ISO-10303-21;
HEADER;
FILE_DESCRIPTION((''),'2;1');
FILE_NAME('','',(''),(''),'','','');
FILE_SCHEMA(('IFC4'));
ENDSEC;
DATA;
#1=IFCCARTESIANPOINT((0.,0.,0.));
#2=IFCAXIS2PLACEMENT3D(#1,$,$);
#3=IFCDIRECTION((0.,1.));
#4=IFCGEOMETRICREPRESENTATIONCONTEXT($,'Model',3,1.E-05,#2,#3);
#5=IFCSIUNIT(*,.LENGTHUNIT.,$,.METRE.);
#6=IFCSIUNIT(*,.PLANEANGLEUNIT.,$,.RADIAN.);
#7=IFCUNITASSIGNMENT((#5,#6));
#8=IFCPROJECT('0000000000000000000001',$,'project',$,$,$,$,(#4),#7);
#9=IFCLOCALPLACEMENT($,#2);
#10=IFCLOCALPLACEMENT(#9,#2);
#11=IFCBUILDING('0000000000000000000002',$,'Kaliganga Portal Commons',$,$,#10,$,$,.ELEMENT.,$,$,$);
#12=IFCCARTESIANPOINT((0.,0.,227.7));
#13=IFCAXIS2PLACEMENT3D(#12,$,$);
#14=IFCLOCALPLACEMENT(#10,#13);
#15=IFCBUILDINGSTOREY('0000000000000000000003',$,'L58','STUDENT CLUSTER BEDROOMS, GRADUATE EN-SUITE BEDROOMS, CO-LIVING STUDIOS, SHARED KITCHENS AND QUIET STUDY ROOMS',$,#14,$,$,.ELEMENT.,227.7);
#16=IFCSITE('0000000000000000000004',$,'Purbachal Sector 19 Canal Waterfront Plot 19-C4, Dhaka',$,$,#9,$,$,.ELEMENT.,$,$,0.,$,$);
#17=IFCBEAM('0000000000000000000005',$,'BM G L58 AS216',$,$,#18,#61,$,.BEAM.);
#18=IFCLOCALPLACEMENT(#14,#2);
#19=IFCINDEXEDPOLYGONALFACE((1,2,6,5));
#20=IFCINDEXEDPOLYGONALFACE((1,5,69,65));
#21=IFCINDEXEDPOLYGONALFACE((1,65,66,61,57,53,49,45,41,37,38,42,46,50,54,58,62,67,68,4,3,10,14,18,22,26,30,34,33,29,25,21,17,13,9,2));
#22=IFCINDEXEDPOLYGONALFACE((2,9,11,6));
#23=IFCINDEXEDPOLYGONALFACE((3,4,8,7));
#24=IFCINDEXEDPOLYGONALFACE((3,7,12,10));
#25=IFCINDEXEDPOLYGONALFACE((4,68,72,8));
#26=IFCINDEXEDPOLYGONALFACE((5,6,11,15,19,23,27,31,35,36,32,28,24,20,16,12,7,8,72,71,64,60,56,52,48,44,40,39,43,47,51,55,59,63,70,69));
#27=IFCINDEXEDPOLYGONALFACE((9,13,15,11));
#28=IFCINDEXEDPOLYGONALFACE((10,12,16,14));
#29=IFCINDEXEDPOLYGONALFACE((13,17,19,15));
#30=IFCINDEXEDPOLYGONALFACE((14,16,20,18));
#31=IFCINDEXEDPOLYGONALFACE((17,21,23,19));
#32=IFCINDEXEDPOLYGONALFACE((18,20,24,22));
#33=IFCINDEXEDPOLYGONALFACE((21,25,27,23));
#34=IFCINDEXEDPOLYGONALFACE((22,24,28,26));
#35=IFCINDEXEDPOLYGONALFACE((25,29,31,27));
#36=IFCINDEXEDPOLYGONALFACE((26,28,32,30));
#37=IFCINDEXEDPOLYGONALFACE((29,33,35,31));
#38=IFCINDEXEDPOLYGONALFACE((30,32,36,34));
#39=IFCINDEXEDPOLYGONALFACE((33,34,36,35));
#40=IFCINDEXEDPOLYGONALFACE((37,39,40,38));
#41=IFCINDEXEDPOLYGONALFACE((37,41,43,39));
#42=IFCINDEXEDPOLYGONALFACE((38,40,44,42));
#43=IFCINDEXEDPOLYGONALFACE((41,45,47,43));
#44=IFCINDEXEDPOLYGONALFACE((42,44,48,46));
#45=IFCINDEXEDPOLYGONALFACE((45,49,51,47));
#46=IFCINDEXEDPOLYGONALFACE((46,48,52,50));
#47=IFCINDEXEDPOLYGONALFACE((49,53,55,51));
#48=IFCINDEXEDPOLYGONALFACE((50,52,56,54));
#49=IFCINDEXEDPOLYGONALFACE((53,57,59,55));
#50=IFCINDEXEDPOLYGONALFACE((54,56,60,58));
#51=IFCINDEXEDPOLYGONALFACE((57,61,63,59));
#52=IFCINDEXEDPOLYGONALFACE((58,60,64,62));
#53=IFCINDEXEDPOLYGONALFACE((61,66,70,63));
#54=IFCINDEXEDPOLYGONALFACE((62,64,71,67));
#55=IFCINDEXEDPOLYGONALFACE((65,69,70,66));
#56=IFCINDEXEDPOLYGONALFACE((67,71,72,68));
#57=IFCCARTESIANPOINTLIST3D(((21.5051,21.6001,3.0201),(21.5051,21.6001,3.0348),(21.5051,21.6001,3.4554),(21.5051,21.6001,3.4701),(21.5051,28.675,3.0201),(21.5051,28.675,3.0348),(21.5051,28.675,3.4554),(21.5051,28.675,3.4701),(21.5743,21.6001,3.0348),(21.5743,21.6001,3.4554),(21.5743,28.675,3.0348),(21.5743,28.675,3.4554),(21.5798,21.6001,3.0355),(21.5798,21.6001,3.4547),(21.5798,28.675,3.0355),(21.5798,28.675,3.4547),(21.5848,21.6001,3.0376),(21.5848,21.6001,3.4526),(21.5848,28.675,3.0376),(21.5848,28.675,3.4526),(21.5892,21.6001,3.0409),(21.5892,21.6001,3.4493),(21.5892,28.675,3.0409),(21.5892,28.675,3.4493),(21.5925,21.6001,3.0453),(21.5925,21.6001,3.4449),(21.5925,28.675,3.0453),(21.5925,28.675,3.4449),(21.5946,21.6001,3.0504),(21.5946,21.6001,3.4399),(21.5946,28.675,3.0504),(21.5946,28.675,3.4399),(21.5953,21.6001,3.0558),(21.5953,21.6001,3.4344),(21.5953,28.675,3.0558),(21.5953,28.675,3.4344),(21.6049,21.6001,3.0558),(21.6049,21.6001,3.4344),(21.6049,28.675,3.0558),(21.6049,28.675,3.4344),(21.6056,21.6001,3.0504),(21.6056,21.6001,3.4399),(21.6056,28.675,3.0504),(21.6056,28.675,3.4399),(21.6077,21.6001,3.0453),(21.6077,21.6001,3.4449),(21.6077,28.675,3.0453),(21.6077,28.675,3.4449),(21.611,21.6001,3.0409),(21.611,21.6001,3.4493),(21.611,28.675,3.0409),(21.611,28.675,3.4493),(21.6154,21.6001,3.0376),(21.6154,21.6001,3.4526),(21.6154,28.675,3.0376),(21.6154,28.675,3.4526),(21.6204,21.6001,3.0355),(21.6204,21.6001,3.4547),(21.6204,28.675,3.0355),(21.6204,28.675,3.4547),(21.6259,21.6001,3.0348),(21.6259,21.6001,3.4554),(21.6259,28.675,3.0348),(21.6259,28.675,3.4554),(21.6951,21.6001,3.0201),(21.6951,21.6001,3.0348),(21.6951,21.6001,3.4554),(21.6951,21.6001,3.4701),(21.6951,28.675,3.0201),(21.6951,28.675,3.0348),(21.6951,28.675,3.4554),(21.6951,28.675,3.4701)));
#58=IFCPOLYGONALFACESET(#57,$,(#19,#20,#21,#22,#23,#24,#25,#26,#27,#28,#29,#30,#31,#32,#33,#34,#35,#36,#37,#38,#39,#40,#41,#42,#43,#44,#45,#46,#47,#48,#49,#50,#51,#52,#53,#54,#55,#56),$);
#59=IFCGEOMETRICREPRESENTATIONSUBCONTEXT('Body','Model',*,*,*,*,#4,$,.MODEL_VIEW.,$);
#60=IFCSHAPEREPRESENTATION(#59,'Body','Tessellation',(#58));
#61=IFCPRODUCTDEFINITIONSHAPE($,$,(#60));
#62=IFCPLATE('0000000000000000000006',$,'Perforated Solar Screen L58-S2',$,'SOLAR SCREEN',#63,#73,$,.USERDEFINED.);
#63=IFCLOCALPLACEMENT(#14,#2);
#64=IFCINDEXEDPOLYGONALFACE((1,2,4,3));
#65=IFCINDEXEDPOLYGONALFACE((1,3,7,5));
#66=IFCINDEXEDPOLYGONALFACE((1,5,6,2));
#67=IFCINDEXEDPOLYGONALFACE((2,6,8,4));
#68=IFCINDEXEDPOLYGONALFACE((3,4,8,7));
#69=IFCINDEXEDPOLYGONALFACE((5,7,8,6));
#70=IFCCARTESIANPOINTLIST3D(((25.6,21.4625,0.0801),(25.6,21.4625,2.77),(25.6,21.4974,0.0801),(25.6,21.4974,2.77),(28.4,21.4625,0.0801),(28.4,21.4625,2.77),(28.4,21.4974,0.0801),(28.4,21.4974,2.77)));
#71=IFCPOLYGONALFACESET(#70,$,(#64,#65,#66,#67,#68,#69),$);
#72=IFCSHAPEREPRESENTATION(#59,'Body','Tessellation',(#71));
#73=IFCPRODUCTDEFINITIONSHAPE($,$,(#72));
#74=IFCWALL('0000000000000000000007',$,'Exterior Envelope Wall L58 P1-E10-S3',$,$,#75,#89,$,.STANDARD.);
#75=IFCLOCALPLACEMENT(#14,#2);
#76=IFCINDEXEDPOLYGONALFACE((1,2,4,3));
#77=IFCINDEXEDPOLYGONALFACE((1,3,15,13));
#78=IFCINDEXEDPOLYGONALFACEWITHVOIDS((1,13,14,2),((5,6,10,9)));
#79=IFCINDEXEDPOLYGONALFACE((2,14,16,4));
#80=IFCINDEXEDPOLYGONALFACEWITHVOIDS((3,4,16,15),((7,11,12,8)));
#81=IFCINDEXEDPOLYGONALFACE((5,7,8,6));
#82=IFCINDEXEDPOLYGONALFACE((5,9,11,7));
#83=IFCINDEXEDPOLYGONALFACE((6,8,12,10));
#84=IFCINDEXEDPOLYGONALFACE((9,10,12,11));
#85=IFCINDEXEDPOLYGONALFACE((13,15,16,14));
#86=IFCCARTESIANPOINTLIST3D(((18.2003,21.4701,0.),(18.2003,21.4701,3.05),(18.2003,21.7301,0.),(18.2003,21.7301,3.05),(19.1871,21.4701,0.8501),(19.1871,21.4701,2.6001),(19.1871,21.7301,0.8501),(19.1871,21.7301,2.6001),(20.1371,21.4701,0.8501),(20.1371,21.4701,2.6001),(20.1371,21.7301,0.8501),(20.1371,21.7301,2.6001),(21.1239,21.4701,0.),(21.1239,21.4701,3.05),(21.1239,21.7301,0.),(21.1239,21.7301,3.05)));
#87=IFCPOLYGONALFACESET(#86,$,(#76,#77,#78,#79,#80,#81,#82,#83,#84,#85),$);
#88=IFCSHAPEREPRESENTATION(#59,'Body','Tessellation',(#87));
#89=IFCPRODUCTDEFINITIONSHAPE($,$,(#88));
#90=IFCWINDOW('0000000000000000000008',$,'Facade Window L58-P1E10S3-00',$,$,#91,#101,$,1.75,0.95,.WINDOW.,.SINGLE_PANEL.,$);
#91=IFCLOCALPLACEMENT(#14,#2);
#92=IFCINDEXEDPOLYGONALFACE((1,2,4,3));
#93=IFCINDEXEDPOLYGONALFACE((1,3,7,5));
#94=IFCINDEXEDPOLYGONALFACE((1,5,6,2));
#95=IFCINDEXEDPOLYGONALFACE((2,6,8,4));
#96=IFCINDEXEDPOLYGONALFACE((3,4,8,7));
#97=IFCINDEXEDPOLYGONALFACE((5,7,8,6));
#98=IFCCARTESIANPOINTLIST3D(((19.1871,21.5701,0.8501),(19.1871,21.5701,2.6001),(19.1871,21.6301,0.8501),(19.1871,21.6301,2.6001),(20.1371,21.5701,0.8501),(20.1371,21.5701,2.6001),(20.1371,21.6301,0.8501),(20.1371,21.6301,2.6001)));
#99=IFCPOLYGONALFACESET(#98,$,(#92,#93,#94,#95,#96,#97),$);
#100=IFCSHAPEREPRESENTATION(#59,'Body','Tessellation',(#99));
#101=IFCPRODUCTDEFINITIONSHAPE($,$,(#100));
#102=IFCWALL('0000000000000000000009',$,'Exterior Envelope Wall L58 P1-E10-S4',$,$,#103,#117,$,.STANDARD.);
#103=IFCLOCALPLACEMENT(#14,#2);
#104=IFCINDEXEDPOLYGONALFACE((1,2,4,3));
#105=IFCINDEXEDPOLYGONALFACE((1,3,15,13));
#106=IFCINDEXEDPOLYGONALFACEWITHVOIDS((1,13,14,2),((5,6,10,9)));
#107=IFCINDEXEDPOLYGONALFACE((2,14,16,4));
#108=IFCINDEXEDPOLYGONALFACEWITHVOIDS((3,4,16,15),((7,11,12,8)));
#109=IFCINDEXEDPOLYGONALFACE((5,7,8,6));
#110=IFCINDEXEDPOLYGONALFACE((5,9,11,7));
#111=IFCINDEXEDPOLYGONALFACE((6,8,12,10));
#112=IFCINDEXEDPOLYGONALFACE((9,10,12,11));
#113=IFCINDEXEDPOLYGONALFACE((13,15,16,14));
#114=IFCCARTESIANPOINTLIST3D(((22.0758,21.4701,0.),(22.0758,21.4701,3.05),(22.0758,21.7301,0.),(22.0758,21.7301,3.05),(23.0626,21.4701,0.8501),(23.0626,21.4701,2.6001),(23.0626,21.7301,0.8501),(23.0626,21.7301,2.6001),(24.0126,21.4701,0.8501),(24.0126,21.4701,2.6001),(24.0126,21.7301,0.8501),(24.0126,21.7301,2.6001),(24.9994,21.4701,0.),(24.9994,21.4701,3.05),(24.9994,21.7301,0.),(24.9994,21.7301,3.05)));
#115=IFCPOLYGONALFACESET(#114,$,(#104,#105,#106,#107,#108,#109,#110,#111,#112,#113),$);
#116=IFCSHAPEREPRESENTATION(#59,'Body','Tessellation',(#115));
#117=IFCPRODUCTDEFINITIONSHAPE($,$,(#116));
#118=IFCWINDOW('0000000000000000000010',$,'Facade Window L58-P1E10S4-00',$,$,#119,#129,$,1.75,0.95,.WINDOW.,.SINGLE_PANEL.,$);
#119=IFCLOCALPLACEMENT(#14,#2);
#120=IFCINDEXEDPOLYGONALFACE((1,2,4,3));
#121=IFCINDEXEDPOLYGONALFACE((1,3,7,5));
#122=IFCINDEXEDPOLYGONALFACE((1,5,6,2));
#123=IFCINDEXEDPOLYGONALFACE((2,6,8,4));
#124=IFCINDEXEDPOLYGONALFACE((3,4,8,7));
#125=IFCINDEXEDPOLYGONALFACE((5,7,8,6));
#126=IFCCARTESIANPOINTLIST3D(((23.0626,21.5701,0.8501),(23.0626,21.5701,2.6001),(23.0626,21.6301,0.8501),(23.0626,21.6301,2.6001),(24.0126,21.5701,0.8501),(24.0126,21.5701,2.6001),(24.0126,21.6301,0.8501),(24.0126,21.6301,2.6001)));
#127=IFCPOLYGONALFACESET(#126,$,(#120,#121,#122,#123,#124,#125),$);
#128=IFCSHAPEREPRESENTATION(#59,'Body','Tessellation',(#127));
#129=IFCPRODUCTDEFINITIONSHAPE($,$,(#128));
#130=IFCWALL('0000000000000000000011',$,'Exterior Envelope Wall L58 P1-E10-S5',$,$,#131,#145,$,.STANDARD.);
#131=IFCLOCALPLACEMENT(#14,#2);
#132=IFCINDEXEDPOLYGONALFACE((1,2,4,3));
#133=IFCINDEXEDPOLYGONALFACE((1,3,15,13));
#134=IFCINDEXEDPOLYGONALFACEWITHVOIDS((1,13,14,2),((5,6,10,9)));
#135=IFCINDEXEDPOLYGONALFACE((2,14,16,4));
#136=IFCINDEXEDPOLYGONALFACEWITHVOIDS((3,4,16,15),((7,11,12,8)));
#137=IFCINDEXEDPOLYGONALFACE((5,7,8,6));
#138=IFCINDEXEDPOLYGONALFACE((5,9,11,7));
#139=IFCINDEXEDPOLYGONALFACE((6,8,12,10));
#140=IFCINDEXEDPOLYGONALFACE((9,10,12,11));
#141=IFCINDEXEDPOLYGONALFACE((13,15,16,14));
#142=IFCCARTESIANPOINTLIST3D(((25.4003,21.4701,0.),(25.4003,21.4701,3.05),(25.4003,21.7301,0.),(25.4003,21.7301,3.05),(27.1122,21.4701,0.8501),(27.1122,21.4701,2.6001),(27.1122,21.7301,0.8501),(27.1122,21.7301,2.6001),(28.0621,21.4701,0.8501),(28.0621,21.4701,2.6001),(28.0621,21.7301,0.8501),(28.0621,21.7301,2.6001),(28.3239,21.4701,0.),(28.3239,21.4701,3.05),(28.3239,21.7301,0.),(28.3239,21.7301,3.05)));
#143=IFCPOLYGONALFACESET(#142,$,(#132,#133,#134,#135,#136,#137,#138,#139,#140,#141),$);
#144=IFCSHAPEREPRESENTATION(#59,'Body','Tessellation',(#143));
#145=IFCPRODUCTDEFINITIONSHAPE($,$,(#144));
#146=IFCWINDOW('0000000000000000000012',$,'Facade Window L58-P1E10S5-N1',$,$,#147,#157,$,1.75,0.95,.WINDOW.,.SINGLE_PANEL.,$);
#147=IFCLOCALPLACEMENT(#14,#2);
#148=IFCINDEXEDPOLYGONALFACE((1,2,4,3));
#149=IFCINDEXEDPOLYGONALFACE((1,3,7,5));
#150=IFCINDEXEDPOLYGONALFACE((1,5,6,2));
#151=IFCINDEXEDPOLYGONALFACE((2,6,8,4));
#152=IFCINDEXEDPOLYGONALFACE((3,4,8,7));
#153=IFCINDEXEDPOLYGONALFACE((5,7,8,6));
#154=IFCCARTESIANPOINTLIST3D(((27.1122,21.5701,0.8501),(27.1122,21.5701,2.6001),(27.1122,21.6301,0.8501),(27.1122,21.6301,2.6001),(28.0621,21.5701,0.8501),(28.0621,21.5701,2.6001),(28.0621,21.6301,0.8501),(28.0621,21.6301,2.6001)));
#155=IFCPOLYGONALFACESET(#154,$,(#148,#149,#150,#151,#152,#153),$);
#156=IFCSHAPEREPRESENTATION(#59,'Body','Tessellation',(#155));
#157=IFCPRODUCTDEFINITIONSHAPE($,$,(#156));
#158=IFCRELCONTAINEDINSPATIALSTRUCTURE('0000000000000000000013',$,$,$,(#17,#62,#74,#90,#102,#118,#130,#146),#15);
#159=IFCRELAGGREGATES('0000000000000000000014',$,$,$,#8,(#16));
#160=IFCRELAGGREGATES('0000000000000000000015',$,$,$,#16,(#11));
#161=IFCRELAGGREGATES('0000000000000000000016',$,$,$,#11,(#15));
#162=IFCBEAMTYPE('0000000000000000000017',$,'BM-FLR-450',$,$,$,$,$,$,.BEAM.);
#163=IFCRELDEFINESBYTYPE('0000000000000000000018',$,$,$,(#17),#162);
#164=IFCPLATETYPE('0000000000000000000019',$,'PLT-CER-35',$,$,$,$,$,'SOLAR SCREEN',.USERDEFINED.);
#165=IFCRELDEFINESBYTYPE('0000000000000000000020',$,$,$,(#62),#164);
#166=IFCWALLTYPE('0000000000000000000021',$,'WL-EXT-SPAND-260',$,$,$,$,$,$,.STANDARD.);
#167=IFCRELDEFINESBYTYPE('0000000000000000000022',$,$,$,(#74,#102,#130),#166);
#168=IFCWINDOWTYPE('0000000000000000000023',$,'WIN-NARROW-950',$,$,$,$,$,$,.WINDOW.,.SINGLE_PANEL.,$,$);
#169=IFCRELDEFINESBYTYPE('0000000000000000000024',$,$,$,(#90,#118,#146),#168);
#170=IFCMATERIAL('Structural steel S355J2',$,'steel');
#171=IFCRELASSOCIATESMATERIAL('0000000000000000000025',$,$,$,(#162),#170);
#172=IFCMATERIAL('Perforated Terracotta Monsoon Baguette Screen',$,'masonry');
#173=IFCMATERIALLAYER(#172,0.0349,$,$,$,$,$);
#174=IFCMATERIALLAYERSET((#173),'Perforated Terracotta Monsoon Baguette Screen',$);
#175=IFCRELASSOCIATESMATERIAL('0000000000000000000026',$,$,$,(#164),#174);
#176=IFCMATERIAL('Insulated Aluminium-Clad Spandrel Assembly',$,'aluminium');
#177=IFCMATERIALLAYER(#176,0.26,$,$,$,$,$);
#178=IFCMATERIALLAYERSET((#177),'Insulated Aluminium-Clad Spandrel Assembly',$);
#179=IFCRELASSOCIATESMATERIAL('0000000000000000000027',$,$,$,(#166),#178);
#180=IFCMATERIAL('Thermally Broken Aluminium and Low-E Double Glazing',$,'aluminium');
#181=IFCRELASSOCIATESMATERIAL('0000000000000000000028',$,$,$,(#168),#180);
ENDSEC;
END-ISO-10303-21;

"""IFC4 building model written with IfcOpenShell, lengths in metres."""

from ifc_helpers import new_model, si_unit, direction, frame, frame_2d, origin, origin_2d, place, context, subcontext, project, spatial, rectangle, i_section, extrude, source, transform, mapped, material, layer, layer_set, material_profile, profile_set, type_object, element, fill, save


model = new_model("IFC4")

# Units and contexts
model_context = context("Model", 3, precision=1e-05, world=origin(), true_north=direction((0.0, 1.0)))
body_context = subcontext(model_context, "Body", "Model", "MODEL_VIEW")
ifc_project = project(units=[si_unit("LENGTHUNIT", "METRE"), si_unit("PLANEANGLEUNIT", "RADIAN")], contexts=[model_context])

# Site, building, storey
site_placement = place(None, origin())
site = spatial("IfcSite", under=ifc_project, at=site_placement, Name="Purbachal Sector 19 Canal Waterfront Plot 19-C4, Dhaka", CompositionType="ELEMENT", RefElevation=0.0)
building_placement = place(site_placement, origin())
building = spatial("IfcBuilding", under=site, at=building_placement, Name="Kaliganga Portal Commons", CompositionType="ELEMENT")
storey_placement = place(building_placement, frame((0.0, 0.0, 227.7)))
storey = spatial("IfcBuildingStorey", under=building, at=storey_placement, Name="L58", Description="STUDENT CLUSTER BEDROOMS, GRADUATE EN-SUITE BEDROOMS, CO-LIVING STUDIOS, SHARED KITCHENS AND QUIET STUDY ROOMS", CompositionType="ELEMENT", Elevation=227.7)

# Shared definitions
ifc_material_1 = material(Name="Structural steel S355J2", Category="steel")

# Beam
ifc_material_profile_1 = material_profile(ifc_material_1, i_section(OverallWidth=0.1899, OverallDepth=0.45, WebThickness=0.0095, FlangeThickness=0.0146, FilletRadius=0.021, at=origin_2d()), Name="IPE 450")
ifc_profile_set_1 = profile_set([ifc_material_profile_1], Name="Structural steel S355J2 wide-flange")
beam_type_1 = type_object("IfcBeamType", Name="BM-FLR-450", PredefinedType="BEAM", material=ifc_profile_set_1)
shared_shape_1 = source(origin(), body_context, "Body", "SweptSolid", [
    extrude(i_section(OverallWidth=0.1899, OverallDepth=0.45, WebThickness=0.0095, FlangeThickness=0.0146, FilletRadius=0.021, at=origin_2d()), origin(), (0.0, 0.0, 1.0), 7.075),
])
beam_1_placement = place(storey_placement, frame((21.6001, 21.6001, 3.2451), z_axis=(0.0, 1.0, 0.0), x_axis=(-1.0, 0.0, 0.0)))
element("IfcBeam", 1, at=beam_1_placement, inside=storey, type_object=beam_type_1, Name="BM G L58 AS216", PredefinedType="BEAM", context=body_context, shape_type="MappedRepresentation", body=[
    mapped(shared_shape_1, transform((0.0, 0.0, 0.0), x_axis=(1.0, 0.0, 0.0), y_axis=(0.0, 1.0, 0.0), z_axis=(0.0, 0.0, 1.0), scale=1.0)),
])

# Plate
ifc_material_2 = material(Name="Perforated Terracotta Monsoon Baguette Screen", Category="masonry")
ifc_layer_1 = layer(ifc_material_2, 0.0349)
ifc_layer_set_1 = layer_set([ifc_layer_1], Name="Perforated Terracotta Monsoon Baguette Screen")
plate_type = type_object("IfcPlateType", Name="PLT-CER-35", ElementType="SOLAR SCREEN", PredefinedType="USERDEFINED", material=ifc_layer_set_1)
shared_shape_2 = source(origin(), body_context, "Body", "SweptSolid", [
    extrude(rectangle(XDim=2.8, YDim=0.0349, at=origin_2d()), origin(), (0.0, 0.0, 1.0), 2.6899),
])
plate_placement = place(storey_placement, frame((27.0, 21.48, 0.0801), z_axis=(0.0, 0.0, 1.0), x_axis=(1.0, 0.0, 0.0)))
element("IfcPlate", 2, at=plate_placement, inside=storey, type_object=plate_type, Name="Perforated Solar Screen L58-S2", ObjectType="SOLAR SCREEN", PredefinedType="USERDEFINED", context=body_context, shape_type="MappedRepresentation", body=[
    mapped(shared_shape_2, transform((0.0, 0.0, 0.0), x_axis=(1.0, 0.0, 0.0), y_axis=(0.0, 1.0, 0.0), z_axis=(0.0, 0.0, 1.0), scale=1.0)),
])

# Walls, openings, windows
ifc_material_3 = material(Name="Insulated Aluminium-Clad Spandrel Assembly", Category="aluminium")
ifc_layer_2 = layer(ifc_material_3, 0.26)
ifc_layer_set_2 = layer_set([ifc_layer_2], Name="Insulated Aluminium-Clad Spandrel Assembly")
wall_type_1 = type_object("IfcWallType", Name="WL-EXT-SPAND-260", PredefinedType="STANDARD", material=ifc_layer_set_2)
wall_1_placement = place(storey_placement, frame((21.124, 21.6001, 0.0), z_axis=(0.0, 0.0, 1.0), x_axis=(-1.0, 0.0, 0.0)))
wall_1 = element("IfcWall", 3, at=wall_1_placement, inside=storey, type_object=wall_type_1, Name="Exterior Envelope Wall L58 P1-E10-S3", PredefinedType="STANDARD", context=body_context, shape_type="SweptSolid", body=[
    extrude(rectangle(XDim=2.9236, YDim=0.26, at=frame_2d((1.4619, 0.0))), origin(), (0.0, 0.0, 1.0), 3.05),
])
opening_1_placement = place(wall_1_placement, frame((0.9868, 0.0, 0.8501)))
opening_1 = element("IfcOpeningElement", 4, at=opening_1_placement, cuts=wall_1, PredefinedType="OPENING", context=body_context, shape_type="SweptSolid", body=[
    extrude(rectangle(XDim=0.95, YDim=1.75, at=frame_2d((0.4751, 0.875))), frame((0.0, 0.1401, 0.0), z_axis=(0.0, -1.0, 0.0), x_axis=(1.0, 0.0, 0.0)), (0.0, 0.0, 1.0), 0.28),
])
ifc_material_4 = material(Name="Thermally Broken Aluminium and Low-E Double Glazing", Category="aluminium")
window_type_1 = type_object("IfcWindowType", Name="WIN-NARROW-950", PartitioningType="SINGLE_PANEL", PredefinedType="WINDOW", material=ifc_material_4)
window_1_placement = place(opening_1_placement, origin())
window_1 = element("IfcWindow", 5, at=window_1_placement, inside=storey, type_object=window_type_1, Name="Facade Window L58-P1E10S3-00", OverallHeight=1.75, OverallWidth=0.95, PartitioningType="SINGLE_PANEL", PredefinedType="WINDOW", context=body_context, shape_type="SweptSolid", body=[
    extrude(rectangle(XDim=0.95, YDim=1.75, at=frame_2d((0.4751, 0.875))), frame((0.0, 0.03, 0.0), z_axis=(0.0, -1.0, 0.0), x_axis=(1.0, 0.0, 0.0)), (0.0, 0.0, 1.0), 0.0601),
])
fill(opening_1, window_1)
wall_2_placement = place(storey_placement, frame((24.9995, 21.6001, 0.0), z_axis=(0.0, 0.0, 1.0), x_axis=(-1.0, 0.0, 0.0)))
wall_2 = element("IfcWall", 6, at=wall_2_placement, inside=storey, type_object=wall_type_1, Name="Exterior Envelope Wall L58 P1-E10-S4", PredefinedType="STANDARD", context=body_context, shape_type="SweptSolid", body=[
    extrude(rectangle(XDim=2.9236, YDim=0.26, at=frame_2d((1.4619, 0.0))), origin(), (0.0, 0.0, 1.0), 3.05),
])
opening_2_placement = place(wall_2_placement, frame((0.9868, 0.0, 0.8501)))
opening_2 = element("IfcOpeningElement", 7, at=opening_2_placement, cuts=wall_2, PredefinedType="OPENING", context=body_context, shape_type="SweptSolid", body=[
    extrude(rectangle(XDim=0.95, YDim=1.75, at=frame_2d((0.4751, 0.875))), frame((0.0, 0.1401, 0.0), z_axis=(0.0, -1.0, 0.0), x_axis=(1.0, 0.0, 0.0)), (0.0, 0.0, 1.0), 0.28),
])
window_2_placement = place(opening_2_placement, origin())
window_2 = element("IfcWindow", 8, at=window_2_placement, inside=storey, type_object=window_type_1, Name="Facade Window L58-P1E10S4-00", OverallHeight=1.75, OverallWidth=0.95, PartitioningType="SINGLE_PANEL", PredefinedType="WINDOW", context=body_context, shape_type="SweptSolid", body=[
    extrude(rectangle(XDim=0.95, YDim=1.75, at=frame_2d((0.4751, 0.875))), frame((0.0, 0.03, 0.0), z_axis=(0.0, -1.0, 0.0), x_axis=(1.0, 0.0, 0.0)), (0.0, 0.0, 1.0), 0.0601),
])
fill(opening_2, window_2)
wall_3_placement = place(storey_placement, frame((28.324, 21.6001, 0.0), z_axis=(0.0, 0.0, 1.0), x_axis=(-1.0, 0.0, 0.0)))
wall_3 = element("IfcWall", 9, at=wall_3_placement, inside=storey, type_object=wall_type_1, Name="Exterior Envelope Wall L58 P1-E10-S5", PredefinedType="STANDARD", context=body_context, shape_type="SweptSolid", body=[
    extrude(rectangle(XDim=2.9236, YDim=0.26, at=frame_2d((1.4619, 0.0))), origin(), (0.0, 0.0, 1.0), 3.05),
])
opening_3_placement = place(wall_3_placement, frame((0.2617, 0.0, 0.8501)))
opening_3 = element("IfcOpeningElement", 10, at=opening_3_placement, cuts=wall_3, PredefinedType="OPENING", context=body_context, shape_type="SweptSolid", body=[
    extrude(rectangle(XDim=0.95, YDim=1.75, at=frame_2d((0.4751, 0.875))), frame((0.0, 0.1401, 0.0), z_axis=(0.0, -1.0, 0.0), x_axis=(1.0, 0.0, 0.0)), (0.0, 0.0, 1.0), 0.28),
])
window_3_placement = place(opening_3_placement, origin())
window_3 = element("IfcWindow", 11, at=window_3_placement, inside=storey, type_object=window_type_1, Name="Facade Window L58-P1E10S5-N1", OverallHeight=1.75, OverallWidth=0.95, PartitioningType="SINGLE_PANEL", PredefinedType="WINDOW", context=body_context, shape_type="SweptSolid", body=[
    extrude(rectangle(XDim=0.95, YDim=1.75, at=frame_2d((0.4751, 0.875))), frame((0.0, 0.03, 0.0), z_axis=(0.0, -1.0, 0.0), x_axis=(1.0, 0.0, 0.0)), (0.0, 0.0, 1.0), 0.0601),
])
fill(opening_3, window_3)

save(model, "model.ifc")
